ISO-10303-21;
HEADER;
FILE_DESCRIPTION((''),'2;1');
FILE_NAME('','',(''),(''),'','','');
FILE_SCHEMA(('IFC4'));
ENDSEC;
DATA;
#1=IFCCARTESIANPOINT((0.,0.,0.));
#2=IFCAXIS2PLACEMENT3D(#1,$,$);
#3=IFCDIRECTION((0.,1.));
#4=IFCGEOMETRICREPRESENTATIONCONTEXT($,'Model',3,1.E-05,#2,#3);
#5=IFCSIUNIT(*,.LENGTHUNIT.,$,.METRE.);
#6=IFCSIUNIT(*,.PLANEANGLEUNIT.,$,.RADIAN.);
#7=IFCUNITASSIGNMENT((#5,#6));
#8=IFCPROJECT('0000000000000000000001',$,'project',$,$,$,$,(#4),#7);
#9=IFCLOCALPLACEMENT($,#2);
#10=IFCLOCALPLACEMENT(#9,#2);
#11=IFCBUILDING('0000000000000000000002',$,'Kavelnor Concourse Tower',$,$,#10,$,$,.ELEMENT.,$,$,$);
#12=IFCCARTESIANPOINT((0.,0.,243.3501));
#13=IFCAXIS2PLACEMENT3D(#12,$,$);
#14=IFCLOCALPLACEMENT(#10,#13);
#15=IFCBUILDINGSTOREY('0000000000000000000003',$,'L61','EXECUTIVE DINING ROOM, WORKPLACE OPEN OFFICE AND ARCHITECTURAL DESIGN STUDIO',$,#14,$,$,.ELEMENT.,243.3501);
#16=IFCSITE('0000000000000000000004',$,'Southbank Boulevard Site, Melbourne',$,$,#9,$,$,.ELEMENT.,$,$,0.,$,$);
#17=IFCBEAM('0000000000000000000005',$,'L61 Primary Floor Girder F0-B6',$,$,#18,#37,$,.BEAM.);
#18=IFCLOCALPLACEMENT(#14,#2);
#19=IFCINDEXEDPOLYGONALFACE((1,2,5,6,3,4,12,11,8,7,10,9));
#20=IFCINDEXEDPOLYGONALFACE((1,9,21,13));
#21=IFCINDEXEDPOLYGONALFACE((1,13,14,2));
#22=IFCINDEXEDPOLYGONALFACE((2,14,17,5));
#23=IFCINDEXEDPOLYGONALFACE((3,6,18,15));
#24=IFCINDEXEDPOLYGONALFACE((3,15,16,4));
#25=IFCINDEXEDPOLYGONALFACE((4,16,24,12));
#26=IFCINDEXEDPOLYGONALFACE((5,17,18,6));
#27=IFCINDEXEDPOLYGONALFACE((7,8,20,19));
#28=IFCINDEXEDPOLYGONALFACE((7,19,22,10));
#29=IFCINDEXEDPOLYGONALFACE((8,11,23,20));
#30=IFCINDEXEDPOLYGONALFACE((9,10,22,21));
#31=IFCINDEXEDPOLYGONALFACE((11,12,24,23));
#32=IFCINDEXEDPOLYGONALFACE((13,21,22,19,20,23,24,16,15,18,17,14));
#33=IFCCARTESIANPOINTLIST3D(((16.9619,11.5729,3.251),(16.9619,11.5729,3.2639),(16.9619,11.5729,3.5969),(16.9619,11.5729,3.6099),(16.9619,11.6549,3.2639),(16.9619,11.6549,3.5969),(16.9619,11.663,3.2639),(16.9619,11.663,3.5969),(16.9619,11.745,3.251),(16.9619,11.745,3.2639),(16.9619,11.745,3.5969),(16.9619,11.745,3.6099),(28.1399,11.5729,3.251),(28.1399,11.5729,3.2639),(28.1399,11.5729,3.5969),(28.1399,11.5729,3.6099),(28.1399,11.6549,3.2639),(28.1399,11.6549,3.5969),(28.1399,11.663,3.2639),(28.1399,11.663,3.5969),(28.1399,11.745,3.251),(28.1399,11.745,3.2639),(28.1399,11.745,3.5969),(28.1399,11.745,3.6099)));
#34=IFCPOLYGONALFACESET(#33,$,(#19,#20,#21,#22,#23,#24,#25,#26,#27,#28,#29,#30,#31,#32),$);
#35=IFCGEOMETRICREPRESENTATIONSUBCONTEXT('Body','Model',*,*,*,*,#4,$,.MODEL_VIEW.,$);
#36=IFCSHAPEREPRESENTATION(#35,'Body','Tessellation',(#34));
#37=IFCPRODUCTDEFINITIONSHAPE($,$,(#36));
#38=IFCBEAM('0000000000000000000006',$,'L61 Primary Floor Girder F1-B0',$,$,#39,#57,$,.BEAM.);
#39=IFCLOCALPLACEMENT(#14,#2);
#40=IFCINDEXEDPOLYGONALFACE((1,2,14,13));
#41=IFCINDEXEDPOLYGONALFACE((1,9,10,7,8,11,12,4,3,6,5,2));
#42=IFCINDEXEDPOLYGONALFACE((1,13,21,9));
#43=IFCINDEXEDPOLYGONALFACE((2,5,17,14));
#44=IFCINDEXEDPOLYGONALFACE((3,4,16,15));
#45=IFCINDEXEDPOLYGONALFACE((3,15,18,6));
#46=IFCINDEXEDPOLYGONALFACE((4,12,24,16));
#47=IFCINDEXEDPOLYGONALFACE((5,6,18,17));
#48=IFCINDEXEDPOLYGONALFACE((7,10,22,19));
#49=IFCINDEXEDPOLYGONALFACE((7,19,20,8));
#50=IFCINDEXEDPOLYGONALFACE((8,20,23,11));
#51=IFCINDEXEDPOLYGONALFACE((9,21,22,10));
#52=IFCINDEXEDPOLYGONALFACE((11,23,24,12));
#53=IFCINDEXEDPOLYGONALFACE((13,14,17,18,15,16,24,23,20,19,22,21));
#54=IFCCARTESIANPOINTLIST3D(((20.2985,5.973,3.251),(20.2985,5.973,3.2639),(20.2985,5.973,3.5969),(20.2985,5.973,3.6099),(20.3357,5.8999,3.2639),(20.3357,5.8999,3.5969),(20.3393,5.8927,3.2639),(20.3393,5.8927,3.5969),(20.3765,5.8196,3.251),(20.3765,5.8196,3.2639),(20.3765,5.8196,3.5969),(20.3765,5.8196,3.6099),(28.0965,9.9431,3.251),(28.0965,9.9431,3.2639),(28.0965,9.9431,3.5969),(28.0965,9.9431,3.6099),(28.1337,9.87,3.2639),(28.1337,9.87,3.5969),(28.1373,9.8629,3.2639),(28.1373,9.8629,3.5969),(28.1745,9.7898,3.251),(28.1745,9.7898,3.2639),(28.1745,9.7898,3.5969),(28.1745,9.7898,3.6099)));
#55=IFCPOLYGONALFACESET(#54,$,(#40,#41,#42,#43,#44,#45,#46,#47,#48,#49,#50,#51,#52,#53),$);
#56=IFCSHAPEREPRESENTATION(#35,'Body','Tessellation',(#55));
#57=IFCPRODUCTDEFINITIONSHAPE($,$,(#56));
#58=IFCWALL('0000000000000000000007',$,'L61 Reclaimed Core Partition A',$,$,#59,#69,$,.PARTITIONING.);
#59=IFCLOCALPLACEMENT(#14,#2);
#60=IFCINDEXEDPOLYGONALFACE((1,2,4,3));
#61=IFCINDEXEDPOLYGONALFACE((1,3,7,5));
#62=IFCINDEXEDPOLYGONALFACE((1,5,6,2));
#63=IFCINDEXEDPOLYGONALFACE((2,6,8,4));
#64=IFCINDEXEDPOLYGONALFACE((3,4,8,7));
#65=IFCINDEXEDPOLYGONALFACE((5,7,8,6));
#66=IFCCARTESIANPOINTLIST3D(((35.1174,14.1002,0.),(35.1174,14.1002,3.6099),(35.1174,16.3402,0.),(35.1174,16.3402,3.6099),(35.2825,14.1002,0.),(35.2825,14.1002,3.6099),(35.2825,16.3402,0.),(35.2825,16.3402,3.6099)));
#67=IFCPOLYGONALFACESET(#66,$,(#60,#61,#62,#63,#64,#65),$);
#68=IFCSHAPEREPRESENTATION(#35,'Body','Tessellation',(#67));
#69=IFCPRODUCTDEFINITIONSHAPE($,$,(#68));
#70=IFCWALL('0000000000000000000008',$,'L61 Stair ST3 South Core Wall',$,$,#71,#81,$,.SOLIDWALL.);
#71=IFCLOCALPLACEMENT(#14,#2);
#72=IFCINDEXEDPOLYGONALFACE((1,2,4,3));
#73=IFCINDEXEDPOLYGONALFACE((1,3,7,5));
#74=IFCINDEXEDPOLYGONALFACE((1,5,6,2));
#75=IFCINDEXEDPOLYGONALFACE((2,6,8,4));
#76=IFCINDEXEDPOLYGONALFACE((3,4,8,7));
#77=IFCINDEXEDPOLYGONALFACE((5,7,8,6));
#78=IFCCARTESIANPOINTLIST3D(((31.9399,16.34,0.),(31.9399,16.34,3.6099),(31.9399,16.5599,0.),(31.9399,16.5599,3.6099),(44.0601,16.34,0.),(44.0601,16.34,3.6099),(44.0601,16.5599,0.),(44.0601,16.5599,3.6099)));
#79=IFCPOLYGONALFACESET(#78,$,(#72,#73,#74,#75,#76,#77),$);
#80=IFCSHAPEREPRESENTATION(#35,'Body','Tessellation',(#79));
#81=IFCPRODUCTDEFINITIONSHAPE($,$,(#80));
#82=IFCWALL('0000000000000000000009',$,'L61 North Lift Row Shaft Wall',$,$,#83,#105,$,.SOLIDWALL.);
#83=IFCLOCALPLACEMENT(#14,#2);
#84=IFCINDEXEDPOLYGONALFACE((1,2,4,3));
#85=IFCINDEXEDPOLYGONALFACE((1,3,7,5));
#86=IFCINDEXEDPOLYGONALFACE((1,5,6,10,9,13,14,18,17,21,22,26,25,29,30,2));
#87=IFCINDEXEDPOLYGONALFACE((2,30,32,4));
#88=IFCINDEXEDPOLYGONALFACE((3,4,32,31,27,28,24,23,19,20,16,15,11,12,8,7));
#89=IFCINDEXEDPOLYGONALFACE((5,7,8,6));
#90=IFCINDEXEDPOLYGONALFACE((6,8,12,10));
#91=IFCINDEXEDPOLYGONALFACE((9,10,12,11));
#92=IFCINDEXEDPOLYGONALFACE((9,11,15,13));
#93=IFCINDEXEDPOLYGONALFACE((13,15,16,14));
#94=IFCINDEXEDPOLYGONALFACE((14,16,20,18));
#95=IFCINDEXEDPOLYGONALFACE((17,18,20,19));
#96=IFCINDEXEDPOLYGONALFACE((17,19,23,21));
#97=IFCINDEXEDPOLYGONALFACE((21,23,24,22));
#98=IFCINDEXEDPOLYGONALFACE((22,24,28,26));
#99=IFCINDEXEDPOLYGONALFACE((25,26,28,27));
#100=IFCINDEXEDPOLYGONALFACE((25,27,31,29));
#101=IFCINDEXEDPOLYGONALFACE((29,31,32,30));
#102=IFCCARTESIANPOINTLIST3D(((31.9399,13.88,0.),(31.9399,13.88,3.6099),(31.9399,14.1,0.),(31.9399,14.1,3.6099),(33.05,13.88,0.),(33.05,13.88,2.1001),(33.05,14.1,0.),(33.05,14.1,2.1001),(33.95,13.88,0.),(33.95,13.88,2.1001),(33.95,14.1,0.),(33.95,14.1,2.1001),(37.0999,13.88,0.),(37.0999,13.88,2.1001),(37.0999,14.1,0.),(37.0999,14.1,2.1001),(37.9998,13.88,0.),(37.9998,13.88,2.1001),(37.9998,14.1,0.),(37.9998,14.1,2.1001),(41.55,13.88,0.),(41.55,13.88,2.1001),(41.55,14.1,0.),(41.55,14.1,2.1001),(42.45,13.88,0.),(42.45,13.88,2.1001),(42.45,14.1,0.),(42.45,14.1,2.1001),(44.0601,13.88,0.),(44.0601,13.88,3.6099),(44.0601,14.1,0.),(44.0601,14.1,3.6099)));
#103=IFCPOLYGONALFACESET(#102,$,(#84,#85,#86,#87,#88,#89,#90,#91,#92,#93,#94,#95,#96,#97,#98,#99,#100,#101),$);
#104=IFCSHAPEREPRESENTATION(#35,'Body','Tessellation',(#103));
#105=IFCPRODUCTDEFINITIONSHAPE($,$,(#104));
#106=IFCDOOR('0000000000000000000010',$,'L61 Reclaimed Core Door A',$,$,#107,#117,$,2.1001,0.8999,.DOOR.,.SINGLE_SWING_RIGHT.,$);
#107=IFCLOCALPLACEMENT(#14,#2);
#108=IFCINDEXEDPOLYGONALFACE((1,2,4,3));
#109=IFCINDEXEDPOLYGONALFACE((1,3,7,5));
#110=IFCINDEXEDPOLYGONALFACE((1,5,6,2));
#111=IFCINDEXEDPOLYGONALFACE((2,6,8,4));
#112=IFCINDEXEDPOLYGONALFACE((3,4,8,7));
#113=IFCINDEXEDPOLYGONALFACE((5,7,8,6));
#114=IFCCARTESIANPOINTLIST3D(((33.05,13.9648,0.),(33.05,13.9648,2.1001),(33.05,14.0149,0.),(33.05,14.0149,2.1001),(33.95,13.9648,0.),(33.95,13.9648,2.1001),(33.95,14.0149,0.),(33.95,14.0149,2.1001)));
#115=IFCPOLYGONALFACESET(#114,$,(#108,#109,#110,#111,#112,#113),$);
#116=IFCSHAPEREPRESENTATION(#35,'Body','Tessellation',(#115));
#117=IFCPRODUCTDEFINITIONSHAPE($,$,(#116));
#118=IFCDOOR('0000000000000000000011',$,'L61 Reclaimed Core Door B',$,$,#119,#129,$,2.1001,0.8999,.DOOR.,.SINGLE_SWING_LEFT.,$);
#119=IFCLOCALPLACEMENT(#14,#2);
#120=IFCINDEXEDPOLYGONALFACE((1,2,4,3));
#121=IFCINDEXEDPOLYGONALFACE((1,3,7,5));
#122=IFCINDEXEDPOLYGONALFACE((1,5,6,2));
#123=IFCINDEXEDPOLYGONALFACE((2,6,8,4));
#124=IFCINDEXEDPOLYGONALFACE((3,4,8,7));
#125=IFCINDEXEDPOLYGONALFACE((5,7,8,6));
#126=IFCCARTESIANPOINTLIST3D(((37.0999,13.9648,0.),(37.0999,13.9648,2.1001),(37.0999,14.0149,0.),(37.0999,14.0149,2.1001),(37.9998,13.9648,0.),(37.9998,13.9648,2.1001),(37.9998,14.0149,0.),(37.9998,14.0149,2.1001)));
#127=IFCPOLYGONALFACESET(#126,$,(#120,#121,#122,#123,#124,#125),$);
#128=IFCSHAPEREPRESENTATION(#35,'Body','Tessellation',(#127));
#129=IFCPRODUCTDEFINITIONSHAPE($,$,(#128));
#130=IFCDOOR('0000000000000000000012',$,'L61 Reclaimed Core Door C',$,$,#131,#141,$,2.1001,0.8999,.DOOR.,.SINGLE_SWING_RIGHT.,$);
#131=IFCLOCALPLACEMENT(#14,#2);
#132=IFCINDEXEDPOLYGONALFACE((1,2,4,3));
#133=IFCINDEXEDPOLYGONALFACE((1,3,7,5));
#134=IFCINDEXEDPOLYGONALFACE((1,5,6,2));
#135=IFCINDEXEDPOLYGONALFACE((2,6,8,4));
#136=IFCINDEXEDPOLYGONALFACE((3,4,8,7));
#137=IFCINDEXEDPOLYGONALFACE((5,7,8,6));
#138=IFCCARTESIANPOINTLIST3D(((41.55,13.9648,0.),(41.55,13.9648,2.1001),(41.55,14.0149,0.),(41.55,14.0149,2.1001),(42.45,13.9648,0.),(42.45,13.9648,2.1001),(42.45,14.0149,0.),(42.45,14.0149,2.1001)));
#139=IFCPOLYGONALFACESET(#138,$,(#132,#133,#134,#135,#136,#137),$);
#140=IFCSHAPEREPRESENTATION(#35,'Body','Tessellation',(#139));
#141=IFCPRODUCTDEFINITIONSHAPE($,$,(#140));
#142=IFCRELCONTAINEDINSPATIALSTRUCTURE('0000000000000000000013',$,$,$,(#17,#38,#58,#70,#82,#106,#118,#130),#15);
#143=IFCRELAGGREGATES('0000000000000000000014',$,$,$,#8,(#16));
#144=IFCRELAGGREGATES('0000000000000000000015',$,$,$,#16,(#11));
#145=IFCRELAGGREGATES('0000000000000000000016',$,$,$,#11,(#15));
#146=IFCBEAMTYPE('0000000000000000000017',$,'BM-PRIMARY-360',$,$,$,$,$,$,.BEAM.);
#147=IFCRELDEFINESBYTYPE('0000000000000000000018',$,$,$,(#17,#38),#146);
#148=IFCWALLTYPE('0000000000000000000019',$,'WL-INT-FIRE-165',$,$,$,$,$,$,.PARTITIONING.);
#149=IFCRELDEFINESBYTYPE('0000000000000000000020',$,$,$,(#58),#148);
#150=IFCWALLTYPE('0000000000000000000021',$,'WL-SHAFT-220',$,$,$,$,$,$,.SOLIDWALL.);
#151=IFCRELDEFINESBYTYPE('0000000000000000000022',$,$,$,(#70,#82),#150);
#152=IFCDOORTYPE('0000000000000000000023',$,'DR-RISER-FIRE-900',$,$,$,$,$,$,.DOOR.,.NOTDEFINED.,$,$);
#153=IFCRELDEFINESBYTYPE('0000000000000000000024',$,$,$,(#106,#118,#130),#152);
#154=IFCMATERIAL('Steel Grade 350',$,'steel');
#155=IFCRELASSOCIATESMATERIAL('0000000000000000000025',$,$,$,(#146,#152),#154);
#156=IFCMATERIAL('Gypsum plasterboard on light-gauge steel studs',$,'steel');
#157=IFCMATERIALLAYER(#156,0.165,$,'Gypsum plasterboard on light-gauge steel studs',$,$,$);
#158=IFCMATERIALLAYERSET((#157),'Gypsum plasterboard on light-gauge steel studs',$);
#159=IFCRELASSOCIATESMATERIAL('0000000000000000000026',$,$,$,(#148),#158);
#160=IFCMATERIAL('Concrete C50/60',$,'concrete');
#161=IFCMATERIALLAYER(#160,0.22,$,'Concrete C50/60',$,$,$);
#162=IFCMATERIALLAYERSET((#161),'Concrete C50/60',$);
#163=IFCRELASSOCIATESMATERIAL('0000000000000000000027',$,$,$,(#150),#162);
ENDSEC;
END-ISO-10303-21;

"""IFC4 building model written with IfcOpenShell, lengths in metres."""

from ifc_helpers import new_model, si_unit, direction, frame, frame_2d, origin, origin_2d, place, context, subcontext, project, spatial, rectangle, i_section, extrude, material, layer, layer_set, material_profile, profile_set, type_object, element, fill, save


model = new_model("IFC4")

# Units and contexts
model_context = context("Model", 3, precision=1e-05, world=origin(), true_north=direction((0.0, 1.0)))
body_context = subcontext(model_context, "Body", "Model", "MODEL_VIEW")
ifc_project = project(units=[si_unit("LENGTHUNIT", "METRE"), si_unit("PLANEANGLEUNIT", "RADIAN")], contexts=[model_context])

# Site, building, storey
site_placement = place(None, origin())
site = spatial("IfcSite", under=ifc_project, at=site_placement, Name="Southbank Boulevard Site, Melbourne", CompositionType="ELEMENT", RefElevation=0.0)
building_placement = place(site_placement, origin())
building = spatial("IfcBuilding", under=site, at=building_placement, Name="Kavelnor Concourse Tower", CompositionType="ELEMENT")
storey_placement = place(building_placement, frame((0.0, 0.0, 243.3501)))
storey = spatial("IfcBuildingStorey", under=building, at=storey_placement, Name="L61", Description="EXECUTIVE DINING ROOM, WORKPLACE OPEN OFFICE AND ARCHITECTURAL DESIGN STUDIO", CompositionType="ELEMENT", Elevation=243.3501)

# Beams
ifc_material_1 = material(Name="Steel Grade 350", Category="steel")
ifc_material_profile = material_profile(ifc_material_1, i_section(OverallWidth=0.1721, OverallDepth=0.3589, WebThickness=0.0081, FlangeThickness=0.0129, at=origin_2d()), Name="360UB56")
ifc_profile_set = profile_set([ifc_material_profile], Name="Steel Grade 350")
beam_type = type_object("IfcBeamType", Name="BM-PRIMARY-360", PredefinedType="BEAM", material=ifc_profile_set)
beam_1_placement = place(storey_placement, frame((28.1399, 11.6589, 3.4304), z_axis=(-1.0, 0.0, 0.0), x_axis=(0.0, -1.0, 0.0)))
element("IfcBeam", 1, at=beam_1_placement, inside=storey, type_object=beam_type, Name="L61 Primary Floor Girder F0-B6", PredefinedType="BEAM", context=body_context, shape_type="SweptSolid", body=[
    extrude(i_section(OverallWidth=0.1721, OverallDepth=0.3589, WebThickness=0.0081, FlangeThickness=0.0129, at=origin_2d()), origin(), (0.0, 0.0, 1.0), 11.178),
])
beam_2_placement = place(storey_placement, frame((28.1355, 9.8665, 3.4304), z_axis=(-0.89115, -0.453708, 0.0), x_axis=(0.453708, -0.89115, 0.0)))
element("IfcBeam", 2, at=beam_2_placement, inside=storey, type_object=beam_type, Name="L61 Primary Floor Girder F1-B0", PredefinedType="BEAM", context=body_context, shape_type="SweptSolid", body=[
    extrude(i_section(OverallWidth=0.1721, OverallDepth=0.3589, WebThickness=0.0081, FlangeThickness=0.0129, at=origin_2d()), origin(), (0.0, 0.0, 1.0), 8.7505),
])

# Walls
ifc_material_2 = material(Name="Gypsum plasterboard on light-gauge steel studs", Category="steel")
ifc_layer_1 = layer(ifc_material_2, 0.165, Name="Gypsum plasterboard on light-gauge steel studs")
ifc_layer_set_1 = layer_set([ifc_layer_1], Name="Gypsum plasterboard on light-gauge steel studs")
wall_type_1 = type_object("IfcWallType", Name="WL-INT-FIRE-165", PredefinedType="PARTITIONING", material=ifc_layer_set_1)
wall_1_placement = place(storey_placement, frame((35.2, 14.1001, 0.0), z_axis=(0.0, 0.0, 1.0), x_axis=(0.0, 1.0, 0.0)))
element("IfcWall", 3, at=wall_1_placement, inside=storey, type_object=wall_type_1, Name="L61 Reclaimed Core Partition A", PredefinedType="PARTITIONING", context=body_context, shape_type="SweptSolid", body=[
    extrude(rectangle(XDim=2.24, YDim=0.165, at=frame_2d((1.1201, 0.0))), origin(), (0.0, 0.0, 1.0), 3.6099),
])
ifc_material_3 = material(Name="Concrete C50/60", Category="concrete")
ifc_layer_2 = layer(ifc_material_3, 0.22, Name="Concrete C50/60")
ifc_layer_set_2 = layer_set([ifc_layer_2], Name="Concrete C50/60")
wall_type_2 = type_object("IfcWallType", Name="WL-SHAFT-220", PredefinedType="SOLIDWALL", material=ifc_layer_set_2)
wall_2_placement = place(storey_placement, frame((31.9399, 16.45, 0.0), z_axis=(0.0, 0.0, 1.0), x_axis=(1.0, 0.0, 0.0)))
element("IfcWall", 4, at=wall_2_placement, inside=storey, type_object=wall_type_2, Name="L61 Stair ST3 South Core Wall", PredefinedType="SOLIDWALL", context=body_context, shape_type="SweptSolid", body=[
    extrude(rectangle(XDim=12.1201, YDim=0.22, at=frame_2d((6.0601, 0.0))), origin(), (0.0, 0.0, 1.0), 3.6099),
])

# Wall, openings, doors
wall_3_placement = place(storey_placement, frame((31.9399, 13.99, 0.0), z_axis=(0.0, 0.0, 1.0), x_axis=(1.0, 0.0, 0.0)))
wall_3 = element("IfcWall", 5, at=wall_3_placement, inside=storey, type_object=wall_type_2, Name="L61 North Lift Row Shaft Wall", PredefinedType="SOLIDWALL", context=body_context, shape_type="SweptSolid", body=[
    extrude(rectangle(XDim=12.1201, YDim=0.22, at=frame_2d((6.0601, 0.0))), origin(), (0.0, 0.0, 1.0), 3.6099),
])
opening_1_placement = place(wall_3_placement, frame((1.1101, 0.0, 0.0)))
opening_1 = element("IfcOpeningElement", 6, at=opening_1_placement, cuts=wall_3, PredefinedType="OPENING", context=body_context, shape_type="SweptSolid", body=[
    extrude(rectangle(XDim=0.8999, YDim=2.1001, at=frame_2d((0.45, 1.05))), frame((0.0, 0.1201, 0.0), z_axis=(0.0, -1.0, 0.0), x_axis=(1.0, 0.0, 0.0)), (0.0, 0.0, 1.0), 0.24),
])
opening_2_placement = place(wall_3_placement, frame((5.1599, 0.0, 0.0)))
opening_2 = element("IfcOpeningElement", 7, at=opening_2_placement, cuts=wall_3, PredefinedType="OPENING", context=body_context, shape_type="SweptSolid", body=[
    extrude(rectangle(XDim=0.8999, YDim=2.1001, at=frame_2d((0.45, 1.05))), frame((0.0, 0.1201, 0.0), z_axis=(0.0, -1.0, 0.0), x_axis=(1.0, 0.0, 0.0)), (0.0, 0.0, 1.0), 0.24),
])
opening_3_placement = place(wall_3_placement, frame((9.6101, 0.0, 0.0)))
opening_3 = element("IfcOpeningElement", 8, at=opening_3_placement, cuts=wall_3, PredefinedType="OPENING", context=body_context, shape_type="SweptSolid", body=[
    extrude(rectangle(XDim=0.8999, YDim=2.1001, at=frame_2d((0.45, 1.05))), frame((0.0, 0.1201, 0.0), z_axis=(0.0, -1.0, 0.0), x_axis=(1.0, 0.0, 0.0)), (0.0, 0.0, 1.0), 0.24),
])
door_type_1 = type_object("IfcDoorType", Name="DR-RISER-FIRE-900", OperationType="NOTDEFINED", PredefinedType="DOOR", material=ifc_material_1)
door_1_placement = place(opening_1_placement, origin())
door_1 = element("IfcDoor", 9, at=door_1_placement, inside=storey, type_object=door_type_1, Name="L61 Reclaimed Core Door A", OperationType="SINGLE_SWING_RIGHT", OverallHeight=2.1001, OverallWidth=0.8999, PredefinedType="DOOR", context=body_context, shape_type="SweptSolid", body=[
    extrude(rectangle(XDim=0.8999, YDim=2.1001, at=frame_2d((0.45, 1.05))), frame((0.0, 0.0249, 0.0), z_axis=(0.0, -1.0, 0.0), x_axis=(1.0, 0.0, 0.0)), (0.0, 0.0, 1.0), 0.05),
])
fill(opening_1, door_1)
door_2_placement = place(opening_2_placement, origin())
door_2 = element("IfcDoor", 10, at=door_2_placement, inside=storey, type_object=door_type_1, Name="L61 Reclaimed Core Door B", OperationType="SINGLE_SWING_LEFT", OverallHeight=2.1001, OverallWidth=0.8999, PredefinedType="DOOR", context=body_context, shape_type="SweptSolid", body=[
    extrude(rectangle(XDim=0.8999, YDim=2.1001, at=frame_2d((0.45, 1.05))), frame((0.0, 0.0249, 0.0), z_axis=(0.0, -1.0, 0.0), x_axis=(1.0, 0.0, 0.0)), (0.0, 0.0, 1.0), 0.05),
])
fill(opening_2, door_2)
door_3_placement = place(opening_3_placement, origin())
door_3 = element("IfcDoor", 11, at=door_3_placement, inside=storey, type_object=door_type_1, Name="L61 Reclaimed Core Door C", OperationType="SINGLE_SWING_RIGHT", OverallHeight=2.1001, OverallWidth=0.8999, PredefinedType="DOOR", context=body_context, shape_type="SweptSolid", body=[
    extrude(rectangle(XDim=0.8999, YDim=2.1001, at=frame_2d((0.45, 1.05))), frame((0.0, 0.0249, 0.0), z_axis=(0.0, -1.0, 0.0), x_axis=(1.0, 0.0, 0.0)), (0.0, 0.0, 1.0), 0.05),
])
fill(opening_3, door_3)

save(model, "model.ifc")
